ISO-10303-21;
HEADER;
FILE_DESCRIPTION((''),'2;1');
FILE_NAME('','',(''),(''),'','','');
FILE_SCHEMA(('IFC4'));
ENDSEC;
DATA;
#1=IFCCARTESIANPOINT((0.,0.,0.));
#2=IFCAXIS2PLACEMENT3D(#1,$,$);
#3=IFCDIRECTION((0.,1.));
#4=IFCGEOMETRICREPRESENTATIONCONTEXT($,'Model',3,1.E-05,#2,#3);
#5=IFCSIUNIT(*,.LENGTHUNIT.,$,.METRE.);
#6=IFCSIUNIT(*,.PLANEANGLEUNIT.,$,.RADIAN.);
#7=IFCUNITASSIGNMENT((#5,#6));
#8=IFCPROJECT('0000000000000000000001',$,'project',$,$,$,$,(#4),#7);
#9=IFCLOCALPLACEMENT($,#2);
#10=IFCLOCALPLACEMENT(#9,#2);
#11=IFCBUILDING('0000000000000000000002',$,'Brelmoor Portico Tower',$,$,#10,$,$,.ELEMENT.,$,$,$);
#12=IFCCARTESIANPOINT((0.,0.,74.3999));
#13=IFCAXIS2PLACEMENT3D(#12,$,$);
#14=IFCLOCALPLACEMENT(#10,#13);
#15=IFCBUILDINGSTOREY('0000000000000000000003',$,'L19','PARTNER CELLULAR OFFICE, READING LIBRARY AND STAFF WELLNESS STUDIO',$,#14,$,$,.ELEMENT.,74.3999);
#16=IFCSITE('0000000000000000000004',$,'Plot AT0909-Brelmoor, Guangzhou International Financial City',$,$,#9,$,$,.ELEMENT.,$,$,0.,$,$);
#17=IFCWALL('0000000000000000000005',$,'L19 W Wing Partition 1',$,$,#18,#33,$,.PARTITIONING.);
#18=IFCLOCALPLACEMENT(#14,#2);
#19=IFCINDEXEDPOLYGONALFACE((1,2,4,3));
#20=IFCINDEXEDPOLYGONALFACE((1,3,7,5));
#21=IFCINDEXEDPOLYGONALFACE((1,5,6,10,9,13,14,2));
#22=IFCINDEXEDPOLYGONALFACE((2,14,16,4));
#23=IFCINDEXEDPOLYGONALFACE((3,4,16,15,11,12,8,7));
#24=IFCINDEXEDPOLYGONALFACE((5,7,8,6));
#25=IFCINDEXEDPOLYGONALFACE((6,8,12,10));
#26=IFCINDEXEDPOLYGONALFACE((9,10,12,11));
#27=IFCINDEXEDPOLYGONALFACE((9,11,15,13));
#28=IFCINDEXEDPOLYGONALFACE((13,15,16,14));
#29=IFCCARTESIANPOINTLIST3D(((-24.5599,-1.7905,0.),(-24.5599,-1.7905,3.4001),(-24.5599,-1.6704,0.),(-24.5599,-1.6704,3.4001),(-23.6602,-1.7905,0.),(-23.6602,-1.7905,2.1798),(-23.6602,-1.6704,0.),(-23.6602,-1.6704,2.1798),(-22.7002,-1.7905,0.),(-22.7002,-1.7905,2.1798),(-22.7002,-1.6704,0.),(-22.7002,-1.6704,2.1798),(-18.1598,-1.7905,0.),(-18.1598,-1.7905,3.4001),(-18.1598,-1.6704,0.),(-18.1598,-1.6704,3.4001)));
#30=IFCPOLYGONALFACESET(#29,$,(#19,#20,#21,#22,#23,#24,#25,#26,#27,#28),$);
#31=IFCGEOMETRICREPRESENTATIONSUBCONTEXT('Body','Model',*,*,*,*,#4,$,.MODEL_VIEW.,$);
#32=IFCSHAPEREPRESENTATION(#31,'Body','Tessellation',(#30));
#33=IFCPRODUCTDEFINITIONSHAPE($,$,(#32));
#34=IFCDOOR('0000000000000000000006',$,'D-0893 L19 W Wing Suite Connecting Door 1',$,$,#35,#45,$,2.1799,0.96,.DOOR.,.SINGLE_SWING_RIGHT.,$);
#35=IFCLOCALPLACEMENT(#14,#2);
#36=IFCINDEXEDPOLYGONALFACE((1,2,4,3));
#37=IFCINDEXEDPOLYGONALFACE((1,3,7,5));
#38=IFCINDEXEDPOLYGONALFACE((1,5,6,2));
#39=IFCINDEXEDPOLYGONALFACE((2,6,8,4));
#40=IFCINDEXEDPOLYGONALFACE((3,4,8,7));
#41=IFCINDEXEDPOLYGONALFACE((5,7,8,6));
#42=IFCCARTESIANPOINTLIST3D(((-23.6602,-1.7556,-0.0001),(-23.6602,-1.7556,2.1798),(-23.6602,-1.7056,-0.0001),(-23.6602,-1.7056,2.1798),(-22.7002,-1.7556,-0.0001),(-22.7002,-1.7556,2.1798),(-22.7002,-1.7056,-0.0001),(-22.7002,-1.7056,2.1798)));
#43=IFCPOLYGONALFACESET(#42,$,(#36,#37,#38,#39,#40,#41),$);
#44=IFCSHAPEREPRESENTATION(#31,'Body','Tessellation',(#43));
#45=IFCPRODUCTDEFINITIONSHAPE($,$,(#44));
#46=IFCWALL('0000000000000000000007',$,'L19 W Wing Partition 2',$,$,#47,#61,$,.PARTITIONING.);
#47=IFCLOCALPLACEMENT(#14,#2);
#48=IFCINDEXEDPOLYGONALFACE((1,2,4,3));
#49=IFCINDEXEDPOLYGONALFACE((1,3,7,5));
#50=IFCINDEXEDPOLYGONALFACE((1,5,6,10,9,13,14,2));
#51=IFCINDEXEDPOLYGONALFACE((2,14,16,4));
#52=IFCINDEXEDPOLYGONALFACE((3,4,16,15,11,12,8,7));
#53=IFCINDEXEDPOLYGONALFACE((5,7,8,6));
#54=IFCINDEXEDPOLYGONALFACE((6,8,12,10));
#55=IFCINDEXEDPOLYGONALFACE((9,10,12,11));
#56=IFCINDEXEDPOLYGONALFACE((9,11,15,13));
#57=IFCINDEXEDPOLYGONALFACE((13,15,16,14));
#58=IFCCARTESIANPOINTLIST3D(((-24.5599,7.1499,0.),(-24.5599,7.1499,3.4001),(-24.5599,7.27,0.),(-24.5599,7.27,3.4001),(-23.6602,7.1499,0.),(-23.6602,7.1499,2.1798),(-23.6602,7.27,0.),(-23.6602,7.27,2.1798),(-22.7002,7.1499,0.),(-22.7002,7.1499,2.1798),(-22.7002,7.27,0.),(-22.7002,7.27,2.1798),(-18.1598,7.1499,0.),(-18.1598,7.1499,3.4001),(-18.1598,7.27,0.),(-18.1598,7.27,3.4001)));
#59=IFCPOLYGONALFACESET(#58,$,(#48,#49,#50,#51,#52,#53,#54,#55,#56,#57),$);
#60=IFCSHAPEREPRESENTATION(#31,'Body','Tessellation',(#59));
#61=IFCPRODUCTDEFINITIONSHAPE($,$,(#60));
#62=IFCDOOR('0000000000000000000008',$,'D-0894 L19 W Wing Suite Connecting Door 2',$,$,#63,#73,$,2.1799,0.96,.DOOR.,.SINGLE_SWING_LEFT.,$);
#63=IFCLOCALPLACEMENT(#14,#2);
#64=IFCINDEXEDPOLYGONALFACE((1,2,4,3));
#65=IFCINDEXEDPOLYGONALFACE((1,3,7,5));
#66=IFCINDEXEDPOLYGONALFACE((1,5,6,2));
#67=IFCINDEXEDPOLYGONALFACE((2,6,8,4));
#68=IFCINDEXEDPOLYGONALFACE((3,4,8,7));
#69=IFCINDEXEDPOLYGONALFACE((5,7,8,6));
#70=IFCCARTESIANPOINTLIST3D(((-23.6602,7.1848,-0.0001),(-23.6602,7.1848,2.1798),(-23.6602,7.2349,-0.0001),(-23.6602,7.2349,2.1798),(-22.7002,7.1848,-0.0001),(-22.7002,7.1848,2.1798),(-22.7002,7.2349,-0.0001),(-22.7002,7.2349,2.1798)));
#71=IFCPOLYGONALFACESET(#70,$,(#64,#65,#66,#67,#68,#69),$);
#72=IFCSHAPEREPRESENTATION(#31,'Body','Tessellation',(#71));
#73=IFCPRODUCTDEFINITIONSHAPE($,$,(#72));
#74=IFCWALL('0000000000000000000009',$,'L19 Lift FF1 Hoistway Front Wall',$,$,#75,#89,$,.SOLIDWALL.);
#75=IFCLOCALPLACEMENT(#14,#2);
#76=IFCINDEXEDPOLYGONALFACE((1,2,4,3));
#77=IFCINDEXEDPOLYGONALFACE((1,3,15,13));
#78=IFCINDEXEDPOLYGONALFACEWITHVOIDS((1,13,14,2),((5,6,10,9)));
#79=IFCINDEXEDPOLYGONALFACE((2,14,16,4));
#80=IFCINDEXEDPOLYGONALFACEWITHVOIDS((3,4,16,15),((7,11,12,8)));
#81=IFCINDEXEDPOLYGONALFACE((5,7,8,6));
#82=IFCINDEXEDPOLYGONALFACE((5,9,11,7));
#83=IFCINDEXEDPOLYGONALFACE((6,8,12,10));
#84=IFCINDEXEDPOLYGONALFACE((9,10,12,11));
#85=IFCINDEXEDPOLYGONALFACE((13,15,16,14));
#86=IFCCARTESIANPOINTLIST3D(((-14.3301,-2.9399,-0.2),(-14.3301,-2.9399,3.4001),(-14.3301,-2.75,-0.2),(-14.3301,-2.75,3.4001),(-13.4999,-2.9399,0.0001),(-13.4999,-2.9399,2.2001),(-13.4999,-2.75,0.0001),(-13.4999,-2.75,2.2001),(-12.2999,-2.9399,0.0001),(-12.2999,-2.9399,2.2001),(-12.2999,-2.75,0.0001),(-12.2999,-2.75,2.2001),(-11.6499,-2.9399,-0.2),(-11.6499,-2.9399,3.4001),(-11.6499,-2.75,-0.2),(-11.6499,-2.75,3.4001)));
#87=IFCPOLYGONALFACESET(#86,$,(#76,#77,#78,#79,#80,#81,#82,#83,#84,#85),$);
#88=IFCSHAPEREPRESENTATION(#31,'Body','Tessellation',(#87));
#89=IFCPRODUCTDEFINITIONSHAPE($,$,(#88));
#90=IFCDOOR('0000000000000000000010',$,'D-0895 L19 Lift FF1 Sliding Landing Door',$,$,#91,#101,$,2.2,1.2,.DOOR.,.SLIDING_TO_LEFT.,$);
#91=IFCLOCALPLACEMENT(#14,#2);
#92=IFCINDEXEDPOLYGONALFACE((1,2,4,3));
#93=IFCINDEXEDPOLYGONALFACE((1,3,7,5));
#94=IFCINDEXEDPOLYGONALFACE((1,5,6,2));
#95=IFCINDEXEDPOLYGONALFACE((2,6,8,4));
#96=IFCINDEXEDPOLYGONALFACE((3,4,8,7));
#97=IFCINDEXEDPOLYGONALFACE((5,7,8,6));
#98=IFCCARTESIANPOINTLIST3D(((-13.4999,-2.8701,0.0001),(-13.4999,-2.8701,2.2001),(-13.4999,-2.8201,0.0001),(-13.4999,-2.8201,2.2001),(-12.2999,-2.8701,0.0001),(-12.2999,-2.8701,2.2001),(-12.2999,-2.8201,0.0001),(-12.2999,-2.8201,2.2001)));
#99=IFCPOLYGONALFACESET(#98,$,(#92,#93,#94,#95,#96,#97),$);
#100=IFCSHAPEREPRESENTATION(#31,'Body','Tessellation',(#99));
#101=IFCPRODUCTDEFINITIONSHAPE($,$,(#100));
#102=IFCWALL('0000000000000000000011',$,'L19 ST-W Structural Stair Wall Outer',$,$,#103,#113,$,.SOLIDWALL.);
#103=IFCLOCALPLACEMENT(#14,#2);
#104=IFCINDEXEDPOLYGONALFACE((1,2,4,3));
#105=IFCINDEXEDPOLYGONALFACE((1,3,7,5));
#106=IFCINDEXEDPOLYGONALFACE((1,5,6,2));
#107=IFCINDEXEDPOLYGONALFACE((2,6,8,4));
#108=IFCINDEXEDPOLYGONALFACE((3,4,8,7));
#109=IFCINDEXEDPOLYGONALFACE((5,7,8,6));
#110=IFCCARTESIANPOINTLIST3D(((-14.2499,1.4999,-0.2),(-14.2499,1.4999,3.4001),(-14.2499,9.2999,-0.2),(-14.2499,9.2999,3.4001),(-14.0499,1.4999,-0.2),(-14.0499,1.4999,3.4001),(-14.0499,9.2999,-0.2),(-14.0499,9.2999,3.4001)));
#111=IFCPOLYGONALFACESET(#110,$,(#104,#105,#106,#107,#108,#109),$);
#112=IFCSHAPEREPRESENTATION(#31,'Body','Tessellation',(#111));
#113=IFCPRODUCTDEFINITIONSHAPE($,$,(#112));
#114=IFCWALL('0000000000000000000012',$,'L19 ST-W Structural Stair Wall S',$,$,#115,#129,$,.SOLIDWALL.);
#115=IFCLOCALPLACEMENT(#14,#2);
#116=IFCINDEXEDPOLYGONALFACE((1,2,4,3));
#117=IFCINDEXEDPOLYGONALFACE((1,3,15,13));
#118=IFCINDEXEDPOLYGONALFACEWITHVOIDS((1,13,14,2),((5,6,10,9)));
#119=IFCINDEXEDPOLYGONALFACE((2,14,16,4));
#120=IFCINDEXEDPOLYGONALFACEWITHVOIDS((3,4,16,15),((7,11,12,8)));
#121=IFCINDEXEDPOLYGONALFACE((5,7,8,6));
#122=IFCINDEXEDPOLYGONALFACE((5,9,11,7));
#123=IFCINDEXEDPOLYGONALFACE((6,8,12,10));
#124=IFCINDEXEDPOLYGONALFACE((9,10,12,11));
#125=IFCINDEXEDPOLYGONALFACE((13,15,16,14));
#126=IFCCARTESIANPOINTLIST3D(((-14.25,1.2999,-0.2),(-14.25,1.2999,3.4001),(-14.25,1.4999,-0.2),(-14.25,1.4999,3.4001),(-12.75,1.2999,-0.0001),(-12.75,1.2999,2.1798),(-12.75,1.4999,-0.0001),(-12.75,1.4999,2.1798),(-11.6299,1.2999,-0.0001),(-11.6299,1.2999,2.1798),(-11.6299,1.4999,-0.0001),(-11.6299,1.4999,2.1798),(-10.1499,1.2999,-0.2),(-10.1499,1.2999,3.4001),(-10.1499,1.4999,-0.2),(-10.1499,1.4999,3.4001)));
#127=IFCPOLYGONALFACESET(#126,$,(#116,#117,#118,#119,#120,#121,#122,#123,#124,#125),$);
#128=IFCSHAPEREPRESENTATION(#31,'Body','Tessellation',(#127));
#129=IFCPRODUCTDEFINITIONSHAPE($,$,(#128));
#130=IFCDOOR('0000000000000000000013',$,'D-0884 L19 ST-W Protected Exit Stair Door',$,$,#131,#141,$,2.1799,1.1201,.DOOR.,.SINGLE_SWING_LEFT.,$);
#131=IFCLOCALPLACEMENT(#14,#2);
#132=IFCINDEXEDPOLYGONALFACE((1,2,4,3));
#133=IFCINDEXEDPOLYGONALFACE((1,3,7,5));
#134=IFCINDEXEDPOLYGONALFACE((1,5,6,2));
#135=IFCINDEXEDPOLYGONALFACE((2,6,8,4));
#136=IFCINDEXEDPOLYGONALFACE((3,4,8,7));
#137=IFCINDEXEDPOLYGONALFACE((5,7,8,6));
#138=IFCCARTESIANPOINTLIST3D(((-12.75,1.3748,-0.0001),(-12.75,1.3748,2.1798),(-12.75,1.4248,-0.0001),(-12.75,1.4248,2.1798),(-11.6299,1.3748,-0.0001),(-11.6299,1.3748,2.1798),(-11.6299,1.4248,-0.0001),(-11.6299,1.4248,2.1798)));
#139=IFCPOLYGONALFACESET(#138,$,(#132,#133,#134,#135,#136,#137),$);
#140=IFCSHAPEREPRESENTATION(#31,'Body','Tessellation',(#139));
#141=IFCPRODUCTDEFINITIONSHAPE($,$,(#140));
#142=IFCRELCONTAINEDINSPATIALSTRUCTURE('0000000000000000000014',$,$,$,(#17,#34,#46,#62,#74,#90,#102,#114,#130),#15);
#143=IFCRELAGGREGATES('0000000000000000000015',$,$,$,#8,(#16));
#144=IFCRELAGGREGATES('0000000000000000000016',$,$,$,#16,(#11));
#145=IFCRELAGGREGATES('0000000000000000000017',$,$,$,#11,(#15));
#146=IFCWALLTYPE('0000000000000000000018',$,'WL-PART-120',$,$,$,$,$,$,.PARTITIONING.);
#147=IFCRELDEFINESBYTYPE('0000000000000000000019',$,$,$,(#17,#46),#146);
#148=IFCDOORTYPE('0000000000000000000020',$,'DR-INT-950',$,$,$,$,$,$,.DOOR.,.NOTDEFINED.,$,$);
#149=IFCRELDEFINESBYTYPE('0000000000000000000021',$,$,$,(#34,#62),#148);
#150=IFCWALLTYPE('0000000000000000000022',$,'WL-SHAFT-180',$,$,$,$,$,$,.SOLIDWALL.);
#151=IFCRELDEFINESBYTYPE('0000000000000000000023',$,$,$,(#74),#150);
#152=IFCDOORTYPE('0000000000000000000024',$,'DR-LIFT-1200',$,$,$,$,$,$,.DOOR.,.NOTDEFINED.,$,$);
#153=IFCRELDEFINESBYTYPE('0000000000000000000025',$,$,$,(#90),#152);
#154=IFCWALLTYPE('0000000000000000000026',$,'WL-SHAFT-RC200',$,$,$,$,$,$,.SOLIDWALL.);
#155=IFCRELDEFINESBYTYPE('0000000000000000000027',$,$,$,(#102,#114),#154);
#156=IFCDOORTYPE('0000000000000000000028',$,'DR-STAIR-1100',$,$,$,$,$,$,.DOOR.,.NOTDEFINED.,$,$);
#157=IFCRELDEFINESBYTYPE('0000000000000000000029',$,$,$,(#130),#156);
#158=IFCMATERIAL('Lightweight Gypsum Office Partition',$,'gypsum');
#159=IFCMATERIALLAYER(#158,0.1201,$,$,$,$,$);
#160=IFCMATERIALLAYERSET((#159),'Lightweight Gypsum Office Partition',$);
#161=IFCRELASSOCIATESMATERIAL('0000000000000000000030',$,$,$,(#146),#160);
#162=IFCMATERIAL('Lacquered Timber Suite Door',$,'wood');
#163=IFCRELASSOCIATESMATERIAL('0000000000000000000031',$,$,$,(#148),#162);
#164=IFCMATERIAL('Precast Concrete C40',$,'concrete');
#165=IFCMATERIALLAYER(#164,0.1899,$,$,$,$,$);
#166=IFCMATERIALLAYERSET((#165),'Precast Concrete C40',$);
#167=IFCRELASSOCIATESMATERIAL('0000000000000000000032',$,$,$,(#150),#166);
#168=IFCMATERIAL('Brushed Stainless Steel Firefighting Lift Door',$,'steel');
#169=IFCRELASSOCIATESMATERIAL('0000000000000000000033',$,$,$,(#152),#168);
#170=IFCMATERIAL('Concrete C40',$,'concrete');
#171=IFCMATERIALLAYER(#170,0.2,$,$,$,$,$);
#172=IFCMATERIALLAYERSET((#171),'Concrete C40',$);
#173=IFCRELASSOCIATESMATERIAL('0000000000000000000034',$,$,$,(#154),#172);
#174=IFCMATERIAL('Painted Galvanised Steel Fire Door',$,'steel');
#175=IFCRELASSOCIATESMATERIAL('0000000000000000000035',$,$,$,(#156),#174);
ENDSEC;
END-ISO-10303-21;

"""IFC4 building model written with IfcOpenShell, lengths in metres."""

from ifc_helpers import new_model, si_unit, direction, frame, frame_2d, origin, place, context, subcontext, project, spatial, rectangle, extrude, material, layer, layer_set, type_object, element, fill, save


model = new_model("IFC4")

# Units and contexts
model_context = context("Model", 3, precision=1e-05, world=origin(), true_north=direction((0.0, 1.0)))
body_context = subcontext(model_context, "Body", "Model", "MODEL_VIEW")
ifc_project = project(units=[si_unit("LENGTHUNIT", "METRE"), si_unit("PLANEANGLEUNIT", "RADIAN")], contexts=[model_context])

# Site, building, storey
site_placement = place(None, origin())
site = spatial("IfcSite", under=ifc_project, at=site_placement, Name="Plot AT0909-Brelmoor, Guangzhou International Financial City", CompositionType="ELEMENT", RefElevation=0.0)
building_placement = place(site_placement, origin())
building = spatial("IfcBuilding", under=site, at=building_placement, Name="Brelmoor Portico Tower", CompositionType="ELEMENT")
storey_placement = place(building_placement, frame((0.0, 0.0, 74.3999)))
storey = spatial("IfcBuildingStorey", under=building, at=storey_placement, Name="L19", Description="PARTNER CELLULAR OFFICE, READING LIBRARY AND STAFF WELLNESS STUDIO", CompositionType="ELEMENT", Elevation=74.3999)

# Walls, openings, doors
ifc_material_1 = material(Name="Lightweight Gypsum Office Partition", Category="gypsum")
ifc_layer_1 = layer(ifc_material_1, 0.1201)
ifc_layer_set_1 = layer_set([ifc_layer_1], Name="Lightweight Gypsum Office Partition")
wall_type_1 = type_object("IfcWallType", Name="WL-PART-120", PredefinedType="PARTITIONING", material=ifc_layer_set_1)
wall_1_placement = place(storey_placement, frame((-24.5601, -1.7305, 0.0), z_axis=(0.0, 0.0, 1.0), x_axis=(1.0, 0.0, 0.0)))
wall_1 = element("IfcWall", 1, at=wall_1_placement, inside=storey, type_object=wall_type_1, Name="L19 W Wing Partition 1", PredefinedType="PARTITIONING", context=body_context, shape_type="SweptSolid", body=[
    extrude(rectangle(XDim=6.4001, YDim=0.1201, at=frame_2d((3.2002, 0.0))), origin(), (0.0, 0.0, 1.0), 3.4001),
])
opening_1_placement = place(wall_1_placement, frame((0.8999, 0.0, 0.0)))
opening_1 = element("IfcOpeningElement", 2, at=opening_1_placement, cuts=wall_1, PredefinedType="OPENING", context=body_context, shape_type="SweptSolid", body=[
    extrude(rectangle(XDim=0.96, YDim=2.1799, at=frame_2d((0.48, 1.0898))), frame((0.0, 0.0701, 0.0), z_axis=(0.0, -1.0, 0.0), x_axis=(1.0, 0.0, 0.0)), (0.0, 0.0, 1.0), 0.1401),
])
ifc_material_2 = material(Name="Lacquered Timber Suite Door", Category="wood")
door_type_1 = type_object("IfcDoorType", Name="DR-INT-950", OperationType="NOTDEFINED", PredefinedType="DOOR", material=ifc_material_2)
door_1_placement = place(opening_1_placement, origin())
door_1 = element("IfcDoor", 3, at=door_1_placement, inside=storey, type_object=door_type_1, Name="D-0893 L19 W Wing Suite Connecting Door 1", OperationType="SINGLE_SWING_RIGHT", OverallHeight=2.1799, OverallWidth=0.96, PredefinedType="DOOR", context=body_context, shape_type="SweptSolid", body=[
    extrude(rectangle(XDim=0.96, YDim=2.1799, at=frame_2d((0.48, 1.0898))), frame((0.0, 0.0249, 0.0), z_axis=(0.0, -1.0, 0.0), x_axis=(1.0, 0.0, 0.0)), (0.0, 0.0, 1.0), 0.05),
])
fill(opening_1, door_1)
wall_2_placement = place(storey_placement, frame((-24.5601, 7.21, 0.0), z_axis=(0.0, 0.0, 1.0), x_axis=(1.0, 0.0, 0.0)))
wall_2 = element("IfcWall", 4, at=wall_2_placement, inside=storey, type_object=wall_type_1, Name="L19 W Wing Partition 2", PredefinedType="PARTITIONING", context=body_context, shape_type="SweptSolid", body=[
    extrude(rectangle(XDim=6.4001, YDim=0.1201, at=frame_2d((3.2002, 0.0))), origin(), (0.0, 0.0, 1.0), 3.4001),
])
opening_2_placement = place(wall_2_placement, frame((0.8999, 0.0, 0.0)))
opening_2 = element("IfcOpeningElement", 5, at=opening_2_placement, cuts=wall_2, PredefinedType="OPENING", context=body_context, shape_type="SweptSolid", body=[
    extrude(rectangle(XDim=0.96, YDim=2.1799, at=frame_2d((0.48, 1.0898))), frame((0.0, 0.0701, 0.0), z_axis=(0.0, -1.0, 0.0), x_axis=(1.0, 0.0, 0.0)), (0.0, 0.0, 1.0), 0.1401),
])
door_2_placement = place(opening_2_placement, origin())
door_2 = element("IfcDoor", 6, at=door_2_placement, inside=storey, type_object=door_type_1, Name="D-0894 L19 W Wing Suite Connecting Door 2", OperationType="SINGLE_SWING_LEFT", OverallHeight=2.1799, OverallWidth=0.96, PredefinedType="DOOR", context=body_context, shape_type="SweptSolid", body=[
    extrude(rectangle(XDim=0.96, YDim=2.1799, at=frame_2d((0.48, 1.0898))), frame((0.0, 0.0249, 0.0), z_axis=(0.0, -1.0, 0.0), x_axis=(1.0, 0.0, 0.0)), (0.0, 0.0, 1.0), 0.05),
])
fill(opening_2, door_2)
ifc_material_3 = material(Name="Precast Concrete C40", Category="concrete")
ifc_layer_2 = layer(ifc_material_3, 0.1899)
ifc_layer_set_2 = layer_set([ifc_layer_2], Name="Precast Concrete C40")
wall_type_2 = type_object("IfcWallType", Name="WL-SHAFT-180", PredefinedType="SOLIDWALL", material=ifc_layer_set_2)
wall_3_placement = place(storey_placement, frame((-14.3301, -2.845, -0.2), z_axis=(0.0, 0.0, 1.0), x_axis=(1.0, 0.0, 0.0)))
wall_3 = element("IfcWall", 7, at=wall_3_placement, inside=storey, type_object=wall_type_2, Name="L19 Lift FF1 Hoistway Front Wall", PredefinedType="SOLIDWALL", context=body_context, shape_type="SweptSolid", body=[
    extrude(rectangle(XDim=2.6802, YDim=0.1899, at=frame_2d((1.3401, 0.0))), origin(), (0.0, 0.0, 1.0), 3.6001),
])
opening_3_placement = place(wall_3_placement, frame((0.8301, 0.0, 0.2)))
opening_3 = element("IfcOpeningElement", 8, at=opening_3_placement, cuts=wall_3, PredefinedType="OPENING", context=body_context, shape_type="SweptSolid", body=[
    extrude(rectangle(XDim=1.2, YDim=2.2, at=frame_2d((0.6001, 1.1001))), frame((0.0, 0.105, 0.0), z_axis=(0.0, -1.0, 0.0), x_axis=(1.0, 0.0, 0.0)), (0.0, 0.0, 1.0), 0.21),
])
ifc_material_4 = material(Name="Brushed Stainless Steel Firefighting Lift Door", Category="steel")
door_type_2 = type_object("IfcDoorType", Name="DR-LIFT-1200", OperationType="NOTDEFINED", PredefinedType="DOOR", material=ifc_material_4)
door_3_placement = place(opening_3_placement, origin())
door_3 = element("IfcDoor", 9, at=door_3_placement, inside=storey, type_object=door_type_2, Name="D-0895 L19 Lift FF1 Sliding Landing Door", OperationType="SLIDING_TO_LEFT", OverallHeight=2.2, OverallWidth=1.2, PredefinedType="DOOR", context=body_context, shape_type="SweptSolid", body=[
    extrude(rectangle(XDim=1.2, YDim=2.2, at=frame_2d((0.6001, 1.1001))), frame((0.0, 0.0249, 0.0), z_axis=(0.0, -1.0, 0.0), x_axis=(1.0, 0.0, 0.0)), (0.0, 0.0, 1.0), 0.05),
])
fill(opening_3, door_3)

# Wall
ifc_material_5 = material(Name="Concrete C40", Category="concrete")
ifc_layer_3 = layer(ifc_material_5, 0.2)
ifc_layer_set_3 = layer_set([ifc_layer_3], Name="Concrete C40")
wall_type_3 = type_object("IfcWallType", Name="WL-SHAFT-RC200", PredefinedType="SOLIDWALL", material=ifc_layer_set_3)
wall_4_placement = place(storey_placement, frame((-14.1499, 1.5, -0.2), z_axis=(0.0, 0.0, 1.0), x_axis=(0.0, 1.0, 0.0)))
element("IfcWall", 10, at=wall_4_placement, inside=storey, type_object=wall_type_3, Name="L19 ST-W Structural Stair Wall Outer", PredefinedType="SOLIDWALL", context=body_context, shape_type="SweptSolid", body=[
    extrude(rectangle(XDim=7.8, YDim=0.2, at=frame_2d((3.8999, 0.0))), origin(), (0.0, 0.0, 1.0), 3.6001),
])

# Wall, opening, door
wall_5_placement = place(storey_placement, frame((-14.25, 1.3999, -0.2), z_axis=(0.0, 0.0, 1.0), x_axis=(1.0, 0.0, 0.0)))
wall_5 = element("IfcWall", 11, at=wall_5_placement, inside=storey, type_object=wall_type_3, Name="L19 ST-W Structural Stair Wall S", PredefinedType="SOLIDWALL", context=body_context, shape_type="SweptSolid", body=[
    extrude(rectangle(XDim=4.1001, YDim=0.2, at=frame_2d((2.05, 0.0))), origin(), (0.0, 0.0, 1.0), 3.6001),
])
opening_4_placement = place(wall_5_placement, frame((1.5, 0.0, 0.2)))
opening_4 = element("IfcOpeningElement", 12, at=opening_4_placement, cuts=wall_5, PredefinedType="OPENING", context=body_context, shape_type="SweptSolid", body=[
    extrude(rectangle(XDim=1.1201, YDim=2.1799, at=frame_2d((0.5601, 1.0898))), frame((0.0, 0.1099, 0.0), z_axis=(0.0, -1.0, 0.0), x_axis=(1.0, 0.0, 0.0)), (0.0, 0.0, 1.0), 0.22),
])
ifc_material_6 = material(Name="Painted Galvanised Steel Fire Door", Category="steel")
door_type_3 = type_object("IfcDoorType", Name="DR-STAIR-1100", OperationType="NOTDEFINED", PredefinedType="DOOR", material=ifc_material_6)
door_4_placement = place(opening_4_placement, origin())
door_4 = element("IfcDoor", 13, at=door_4_placement, inside=storey, type_object=door_type_3, Name="D-0884 L19 ST-W Protected Exit Stair Door", OperationType="SINGLE_SWING_LEFT", OverallHeight=2.1799, OverallWidth=1.1201, PredefinedType="DOOR", context=body_context, shape_type="SweptSolid", body=[
    extrude(rectangle(XDim=1.1201, YDim=2.1799, at=frame_2d((0.5601, 1.0898))), frame((0.0, 0.0249, 0.0), z_axis=(0.0, -1.0, 0.0), x_axis=(1.0, 0.0, 0.0)), (0.0, 0.0, 1.0), 0.05),
])
fill(opening_4, door_4)

save(model, "model.ifc")
